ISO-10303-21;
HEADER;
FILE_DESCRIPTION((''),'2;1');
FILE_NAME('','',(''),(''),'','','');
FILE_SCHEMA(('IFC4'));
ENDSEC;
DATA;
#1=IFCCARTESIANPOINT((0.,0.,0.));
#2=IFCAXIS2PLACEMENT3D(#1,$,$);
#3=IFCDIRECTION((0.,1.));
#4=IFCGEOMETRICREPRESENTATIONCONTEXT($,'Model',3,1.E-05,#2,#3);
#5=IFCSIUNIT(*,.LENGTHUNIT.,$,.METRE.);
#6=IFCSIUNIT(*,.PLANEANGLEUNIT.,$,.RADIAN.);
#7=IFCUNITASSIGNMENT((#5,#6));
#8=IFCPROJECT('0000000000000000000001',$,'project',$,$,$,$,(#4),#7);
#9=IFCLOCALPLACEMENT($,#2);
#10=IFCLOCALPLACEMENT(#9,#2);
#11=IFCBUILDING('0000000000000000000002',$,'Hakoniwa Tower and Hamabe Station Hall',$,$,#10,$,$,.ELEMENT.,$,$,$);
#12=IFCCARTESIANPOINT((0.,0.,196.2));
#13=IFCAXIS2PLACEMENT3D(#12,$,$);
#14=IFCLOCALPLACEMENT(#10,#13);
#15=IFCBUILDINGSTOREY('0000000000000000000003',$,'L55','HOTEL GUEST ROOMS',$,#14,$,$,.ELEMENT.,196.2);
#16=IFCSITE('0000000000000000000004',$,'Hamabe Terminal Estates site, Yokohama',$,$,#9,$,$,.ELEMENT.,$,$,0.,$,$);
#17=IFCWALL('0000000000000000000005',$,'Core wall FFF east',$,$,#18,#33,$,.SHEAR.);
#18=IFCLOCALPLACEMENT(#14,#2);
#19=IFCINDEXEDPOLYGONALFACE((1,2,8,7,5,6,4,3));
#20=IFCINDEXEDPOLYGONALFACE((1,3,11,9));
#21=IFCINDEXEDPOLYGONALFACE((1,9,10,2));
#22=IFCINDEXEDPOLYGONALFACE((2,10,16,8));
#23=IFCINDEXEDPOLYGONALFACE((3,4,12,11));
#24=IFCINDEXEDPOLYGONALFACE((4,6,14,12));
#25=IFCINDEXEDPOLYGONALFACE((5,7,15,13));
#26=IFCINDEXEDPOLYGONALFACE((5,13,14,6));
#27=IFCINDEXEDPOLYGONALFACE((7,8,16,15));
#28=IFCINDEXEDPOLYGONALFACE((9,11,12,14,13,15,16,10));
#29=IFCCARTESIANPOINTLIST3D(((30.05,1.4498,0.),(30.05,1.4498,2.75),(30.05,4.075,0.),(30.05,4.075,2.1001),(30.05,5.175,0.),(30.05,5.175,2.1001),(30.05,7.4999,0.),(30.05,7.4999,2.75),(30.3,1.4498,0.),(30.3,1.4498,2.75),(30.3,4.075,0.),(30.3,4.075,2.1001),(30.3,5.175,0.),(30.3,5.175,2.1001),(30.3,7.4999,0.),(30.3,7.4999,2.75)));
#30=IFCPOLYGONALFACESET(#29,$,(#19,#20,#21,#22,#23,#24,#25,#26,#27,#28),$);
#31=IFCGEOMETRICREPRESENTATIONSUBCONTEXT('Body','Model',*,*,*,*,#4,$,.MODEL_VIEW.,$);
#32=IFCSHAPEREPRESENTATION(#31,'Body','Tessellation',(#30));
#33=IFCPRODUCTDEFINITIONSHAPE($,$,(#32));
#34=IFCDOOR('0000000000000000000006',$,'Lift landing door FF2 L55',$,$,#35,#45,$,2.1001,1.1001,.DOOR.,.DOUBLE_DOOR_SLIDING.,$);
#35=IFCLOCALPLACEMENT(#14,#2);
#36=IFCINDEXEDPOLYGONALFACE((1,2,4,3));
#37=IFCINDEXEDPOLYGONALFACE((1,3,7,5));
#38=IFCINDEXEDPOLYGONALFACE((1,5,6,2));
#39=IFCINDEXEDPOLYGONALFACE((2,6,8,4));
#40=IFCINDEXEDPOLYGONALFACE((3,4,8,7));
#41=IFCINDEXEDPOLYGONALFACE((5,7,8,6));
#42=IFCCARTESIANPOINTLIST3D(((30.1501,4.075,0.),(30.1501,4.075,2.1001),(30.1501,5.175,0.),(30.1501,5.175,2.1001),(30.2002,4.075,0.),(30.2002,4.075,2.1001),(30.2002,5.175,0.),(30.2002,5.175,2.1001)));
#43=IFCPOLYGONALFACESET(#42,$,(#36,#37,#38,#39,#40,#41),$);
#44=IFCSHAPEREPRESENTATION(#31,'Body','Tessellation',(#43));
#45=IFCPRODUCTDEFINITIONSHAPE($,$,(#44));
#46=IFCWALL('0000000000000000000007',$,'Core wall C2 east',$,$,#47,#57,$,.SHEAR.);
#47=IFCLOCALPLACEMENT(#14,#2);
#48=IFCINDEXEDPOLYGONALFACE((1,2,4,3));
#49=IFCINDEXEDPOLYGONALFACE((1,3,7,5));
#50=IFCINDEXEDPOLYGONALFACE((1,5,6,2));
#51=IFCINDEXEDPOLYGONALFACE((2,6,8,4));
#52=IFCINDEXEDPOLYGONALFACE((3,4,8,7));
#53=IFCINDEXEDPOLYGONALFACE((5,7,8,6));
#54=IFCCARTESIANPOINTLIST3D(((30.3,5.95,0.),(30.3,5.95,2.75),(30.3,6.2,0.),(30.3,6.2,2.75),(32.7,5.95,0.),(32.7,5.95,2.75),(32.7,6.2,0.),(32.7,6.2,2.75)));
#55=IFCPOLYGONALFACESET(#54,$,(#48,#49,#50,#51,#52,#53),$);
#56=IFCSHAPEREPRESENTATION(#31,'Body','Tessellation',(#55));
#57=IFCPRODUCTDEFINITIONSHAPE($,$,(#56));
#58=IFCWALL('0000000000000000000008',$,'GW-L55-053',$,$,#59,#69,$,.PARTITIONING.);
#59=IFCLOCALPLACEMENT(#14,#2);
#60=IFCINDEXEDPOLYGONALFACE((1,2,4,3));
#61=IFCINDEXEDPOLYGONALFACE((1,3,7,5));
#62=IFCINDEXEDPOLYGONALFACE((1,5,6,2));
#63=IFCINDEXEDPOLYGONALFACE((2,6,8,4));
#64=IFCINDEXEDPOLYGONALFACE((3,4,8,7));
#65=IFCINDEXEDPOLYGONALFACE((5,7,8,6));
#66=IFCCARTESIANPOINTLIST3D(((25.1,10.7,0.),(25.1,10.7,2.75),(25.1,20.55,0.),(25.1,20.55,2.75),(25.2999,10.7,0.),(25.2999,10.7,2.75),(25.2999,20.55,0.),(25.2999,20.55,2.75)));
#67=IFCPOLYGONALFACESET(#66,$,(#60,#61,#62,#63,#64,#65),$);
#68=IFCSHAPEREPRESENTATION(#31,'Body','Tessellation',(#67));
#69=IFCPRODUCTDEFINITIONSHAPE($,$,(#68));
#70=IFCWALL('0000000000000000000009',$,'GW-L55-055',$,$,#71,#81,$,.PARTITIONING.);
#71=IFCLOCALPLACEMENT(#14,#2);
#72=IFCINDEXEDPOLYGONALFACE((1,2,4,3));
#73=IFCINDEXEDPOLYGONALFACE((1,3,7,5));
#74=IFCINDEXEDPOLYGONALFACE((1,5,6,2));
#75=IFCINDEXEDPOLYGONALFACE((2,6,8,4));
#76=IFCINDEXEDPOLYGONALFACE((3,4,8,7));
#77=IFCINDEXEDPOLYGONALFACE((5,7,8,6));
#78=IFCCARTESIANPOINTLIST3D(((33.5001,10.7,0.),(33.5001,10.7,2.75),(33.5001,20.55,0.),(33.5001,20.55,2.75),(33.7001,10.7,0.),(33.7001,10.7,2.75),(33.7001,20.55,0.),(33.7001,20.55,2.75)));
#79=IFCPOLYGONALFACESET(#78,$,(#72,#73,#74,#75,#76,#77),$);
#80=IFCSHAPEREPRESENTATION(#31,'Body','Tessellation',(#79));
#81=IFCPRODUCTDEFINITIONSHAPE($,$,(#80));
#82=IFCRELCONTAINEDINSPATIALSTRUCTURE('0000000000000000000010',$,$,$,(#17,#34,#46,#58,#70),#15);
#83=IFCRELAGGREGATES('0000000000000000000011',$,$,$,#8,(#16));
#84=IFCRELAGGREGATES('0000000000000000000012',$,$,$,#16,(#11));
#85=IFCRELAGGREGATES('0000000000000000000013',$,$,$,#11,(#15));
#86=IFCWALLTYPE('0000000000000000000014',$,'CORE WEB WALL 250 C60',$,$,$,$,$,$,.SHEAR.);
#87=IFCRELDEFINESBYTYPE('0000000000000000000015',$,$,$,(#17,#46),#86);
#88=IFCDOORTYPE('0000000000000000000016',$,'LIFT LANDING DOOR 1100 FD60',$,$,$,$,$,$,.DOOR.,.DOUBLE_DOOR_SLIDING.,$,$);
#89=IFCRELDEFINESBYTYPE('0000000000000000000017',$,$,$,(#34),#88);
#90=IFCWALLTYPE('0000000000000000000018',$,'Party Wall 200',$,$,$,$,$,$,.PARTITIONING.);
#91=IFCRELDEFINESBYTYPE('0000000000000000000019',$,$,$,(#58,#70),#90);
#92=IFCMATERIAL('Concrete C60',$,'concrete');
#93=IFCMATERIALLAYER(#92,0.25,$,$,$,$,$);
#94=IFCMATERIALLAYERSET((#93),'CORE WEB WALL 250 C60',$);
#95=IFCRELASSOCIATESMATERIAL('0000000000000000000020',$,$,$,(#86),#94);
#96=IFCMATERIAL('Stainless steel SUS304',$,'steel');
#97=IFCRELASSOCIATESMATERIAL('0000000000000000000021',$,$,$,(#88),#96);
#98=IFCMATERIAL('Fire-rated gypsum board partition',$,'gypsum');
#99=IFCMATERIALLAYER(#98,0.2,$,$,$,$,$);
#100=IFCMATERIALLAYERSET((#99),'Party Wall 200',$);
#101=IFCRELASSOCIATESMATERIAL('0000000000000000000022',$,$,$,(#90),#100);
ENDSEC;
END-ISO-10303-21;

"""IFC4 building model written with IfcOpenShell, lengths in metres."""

from ifc_helpers import new_model, si_unit, direction, frame, frame_2d, origin, place, context, subcontext, project, spatial, rectangle, extrude, material, layer, layer_set, type_object, element, fill, save


model = new_model("IFC4")

# Units and contexts
model_context = context("Model", 3, precision=1e-05, world=origin(), true_north=direction((0.0, 1.0)))
body_context = subcontext(model_context, "Body", "Model", "MODEL_VIEW")
ifc_project = project(units=[si_unit("LENGTHUNIT", "METRE"), si_unit("PLANEANGLEUNIT", "RADIAN")], contexts=[model_context])

# Site, building, storey
site_placement = place(None, origin())
site = spatial("IfcSite", under=ifc_project, at=site_placement, Name="Hamabe Terminal Estates site, Yokohama", CompositionType="ELEMENT", RefElevation=0.0)
building_placement = place(site_placement, origin())
building = spatial("IfcBuilding", under=site, at=building_placement, Name="Hakoniwa Tower and Hamabe Station Hall", CompositionType="ELEMENT")
storey_placement = place(building_placement, frame((0.0, 0.0, 196.2)))
storey = spatial("IfcBuildingStorey", under=building, at=storey_placement, Name="L55", Description="HOTEL GUEST ROOMS", CompositionType="ELEMENT", Elevation=196.2)

# Shared definitions
ifc_material_1 = material(Name="Concrete C60", Category="concrete")
ifc_layer_1 = layer(ifc_material_1, 0.25)
ifc_layer_set_1 = layer_set([ifc_layer_1], Name="CORE WEB WALL 250 C60")
wall_type_1 = type_object("IfcWallType", Name="CORE WEB WALL 250 C60", PredefinedType="SHEAR", material=ifc_layer_set_1)

# Wall, opening, door
wall_1_placement = place(storey_placement, frame((30.175, 1.45, 0.0), z_axis=(0.0, 0.0, 1.0), x_axis=(0.0, 1.0, 0.0)))
wall_1 = element("IfcWall", 1, at=wall_1_placement, inside=storey, type_object=wall_type_1, Name="Core wall FFF east", PredefinedType="SHEAR", context=body_context, shape_type="SweptSolid", body=[
    extrude(rectangle(XDim=6.05, YDim=0.25, at=frame_2d((3.0249, 0.0))), origin(), (0.0, 0.0, 1.0), 2.75),
])
opening_1_placement = place(wall_1_placement, frame((2.625, 0.0, 0.0)))
opening_1 = element("IfcOpeningElement", 2, at=opening_1_placement, cuts=wall_1, PredefinedType="OPENING", context=body_context, shape_type="SweptSolid", body=[
    extrude(rectangle(XDim=1.1001, YDim=2.1001, at=frame_2d((0.55, 1.05))), frame((0.0, 0.135, 0.0), z_axis=(0.0, -1.0, 0.0), x_axis=(1.0, 0.0, 0.0)), (0.0, 0.0, 1.0), 0.27),
])
ifc_material_2 = material(Name="Stainless steel SUS304", Category="steel")
door_type_1 = type_object("IfcDoorType", Name="LIFT LANDING DOOR 1100 FD60", OperationType="DOUBLE_DOOR_SLIDING", PredefinedType="DOOR", material=ifc_material_2)
door_1_placement = place(opening_1_placement, origin())
door_1 = element("IfcDoor", 3, at=door_1_placement, inside=storey, type_object=door_type_1, Name="Lift landing door FF2 L55", OperationType="DOUBLE_DOOR_SLIDING", OverallHeight=2.1001, OverallWidth=1.1001, PredefinedType="DOOR", context=body_context, shape_type="SweptSolid", body=[
    extrude(rectangle(XDim=1.1001, YDim=2.1001, at=frame_2d((0.55, 1.05))), frame((0.0, 0.0249, 0.0), z_axis=(0.0, -1.0, 0.0), x_axis=(1.0, 0.0, 0.0)), (0.0, 0.0, 1.0), 0.05),
])
fill(opening_1, door_1)

# Walls
wall_2_placement = place(storey_placement, frame((30.3, 6.075, 0.0), z_axis=(0.0, 0.0, 1.0), x_axis=(1.0, 0.0, 0.0)))
element("IfcWall", 4, at=wall_2_placement, inside=storey, type_object=wall_type_1, Name="Core wall C2 east", PredefinedType="SHEAR", context=body_context, shape_type="SweptSolid", body=[
    extrude(rectangle(XDim=2.3999, YDim=0.25, at=frame_2d((1.2, 0.0))), origin(), (0.0, 0.0, 1.0), 2.75),
])
ifc_material_3 = material(Name="Fire-rated gypsum board partition", Category="gypsum")
ifc_layer_2 = layer(ifc_material_3, 0.2)
ifc_layer_set_2 = layer_set([ifc_layer_2], Name="Party Wall 200")
wall_type_2 = type_object("IfcWallType", Name="Party Wall 200", PredefinedType="PARTITIONING", material=ifc_layer_set_2)
for number, where, z_axis, x_axis, name in (
    (5, (25.2, 10.7, 0.0), (0.0, 0.0, 1.0), (0.0, 1.0, 0.0), "GW-L55-053"),
    (6, (33.6001, 10.7, 0.0), (0.0, 0.0, 1.0), (0.0, 1.0, 0.0), "GW-L55-055"),
):
    element("IfcWall", number, at=place(storey_placement, frame(where, z_axis=z_axis, x_axis=x_axis)), inside=storey, type_object=wall_type_2, Name=name, PredefinedType="PARTITIONING", context=body_context, shape_type="SweptSolid", body=[
        extrude(rectangle(XDim=9.8501, YDim=0.2, at=frame_2d((4.925, 0.0))), origin(), (0.0, 0.0, 1.0), 2.75),
    ])

save(model, "model.ifc")
